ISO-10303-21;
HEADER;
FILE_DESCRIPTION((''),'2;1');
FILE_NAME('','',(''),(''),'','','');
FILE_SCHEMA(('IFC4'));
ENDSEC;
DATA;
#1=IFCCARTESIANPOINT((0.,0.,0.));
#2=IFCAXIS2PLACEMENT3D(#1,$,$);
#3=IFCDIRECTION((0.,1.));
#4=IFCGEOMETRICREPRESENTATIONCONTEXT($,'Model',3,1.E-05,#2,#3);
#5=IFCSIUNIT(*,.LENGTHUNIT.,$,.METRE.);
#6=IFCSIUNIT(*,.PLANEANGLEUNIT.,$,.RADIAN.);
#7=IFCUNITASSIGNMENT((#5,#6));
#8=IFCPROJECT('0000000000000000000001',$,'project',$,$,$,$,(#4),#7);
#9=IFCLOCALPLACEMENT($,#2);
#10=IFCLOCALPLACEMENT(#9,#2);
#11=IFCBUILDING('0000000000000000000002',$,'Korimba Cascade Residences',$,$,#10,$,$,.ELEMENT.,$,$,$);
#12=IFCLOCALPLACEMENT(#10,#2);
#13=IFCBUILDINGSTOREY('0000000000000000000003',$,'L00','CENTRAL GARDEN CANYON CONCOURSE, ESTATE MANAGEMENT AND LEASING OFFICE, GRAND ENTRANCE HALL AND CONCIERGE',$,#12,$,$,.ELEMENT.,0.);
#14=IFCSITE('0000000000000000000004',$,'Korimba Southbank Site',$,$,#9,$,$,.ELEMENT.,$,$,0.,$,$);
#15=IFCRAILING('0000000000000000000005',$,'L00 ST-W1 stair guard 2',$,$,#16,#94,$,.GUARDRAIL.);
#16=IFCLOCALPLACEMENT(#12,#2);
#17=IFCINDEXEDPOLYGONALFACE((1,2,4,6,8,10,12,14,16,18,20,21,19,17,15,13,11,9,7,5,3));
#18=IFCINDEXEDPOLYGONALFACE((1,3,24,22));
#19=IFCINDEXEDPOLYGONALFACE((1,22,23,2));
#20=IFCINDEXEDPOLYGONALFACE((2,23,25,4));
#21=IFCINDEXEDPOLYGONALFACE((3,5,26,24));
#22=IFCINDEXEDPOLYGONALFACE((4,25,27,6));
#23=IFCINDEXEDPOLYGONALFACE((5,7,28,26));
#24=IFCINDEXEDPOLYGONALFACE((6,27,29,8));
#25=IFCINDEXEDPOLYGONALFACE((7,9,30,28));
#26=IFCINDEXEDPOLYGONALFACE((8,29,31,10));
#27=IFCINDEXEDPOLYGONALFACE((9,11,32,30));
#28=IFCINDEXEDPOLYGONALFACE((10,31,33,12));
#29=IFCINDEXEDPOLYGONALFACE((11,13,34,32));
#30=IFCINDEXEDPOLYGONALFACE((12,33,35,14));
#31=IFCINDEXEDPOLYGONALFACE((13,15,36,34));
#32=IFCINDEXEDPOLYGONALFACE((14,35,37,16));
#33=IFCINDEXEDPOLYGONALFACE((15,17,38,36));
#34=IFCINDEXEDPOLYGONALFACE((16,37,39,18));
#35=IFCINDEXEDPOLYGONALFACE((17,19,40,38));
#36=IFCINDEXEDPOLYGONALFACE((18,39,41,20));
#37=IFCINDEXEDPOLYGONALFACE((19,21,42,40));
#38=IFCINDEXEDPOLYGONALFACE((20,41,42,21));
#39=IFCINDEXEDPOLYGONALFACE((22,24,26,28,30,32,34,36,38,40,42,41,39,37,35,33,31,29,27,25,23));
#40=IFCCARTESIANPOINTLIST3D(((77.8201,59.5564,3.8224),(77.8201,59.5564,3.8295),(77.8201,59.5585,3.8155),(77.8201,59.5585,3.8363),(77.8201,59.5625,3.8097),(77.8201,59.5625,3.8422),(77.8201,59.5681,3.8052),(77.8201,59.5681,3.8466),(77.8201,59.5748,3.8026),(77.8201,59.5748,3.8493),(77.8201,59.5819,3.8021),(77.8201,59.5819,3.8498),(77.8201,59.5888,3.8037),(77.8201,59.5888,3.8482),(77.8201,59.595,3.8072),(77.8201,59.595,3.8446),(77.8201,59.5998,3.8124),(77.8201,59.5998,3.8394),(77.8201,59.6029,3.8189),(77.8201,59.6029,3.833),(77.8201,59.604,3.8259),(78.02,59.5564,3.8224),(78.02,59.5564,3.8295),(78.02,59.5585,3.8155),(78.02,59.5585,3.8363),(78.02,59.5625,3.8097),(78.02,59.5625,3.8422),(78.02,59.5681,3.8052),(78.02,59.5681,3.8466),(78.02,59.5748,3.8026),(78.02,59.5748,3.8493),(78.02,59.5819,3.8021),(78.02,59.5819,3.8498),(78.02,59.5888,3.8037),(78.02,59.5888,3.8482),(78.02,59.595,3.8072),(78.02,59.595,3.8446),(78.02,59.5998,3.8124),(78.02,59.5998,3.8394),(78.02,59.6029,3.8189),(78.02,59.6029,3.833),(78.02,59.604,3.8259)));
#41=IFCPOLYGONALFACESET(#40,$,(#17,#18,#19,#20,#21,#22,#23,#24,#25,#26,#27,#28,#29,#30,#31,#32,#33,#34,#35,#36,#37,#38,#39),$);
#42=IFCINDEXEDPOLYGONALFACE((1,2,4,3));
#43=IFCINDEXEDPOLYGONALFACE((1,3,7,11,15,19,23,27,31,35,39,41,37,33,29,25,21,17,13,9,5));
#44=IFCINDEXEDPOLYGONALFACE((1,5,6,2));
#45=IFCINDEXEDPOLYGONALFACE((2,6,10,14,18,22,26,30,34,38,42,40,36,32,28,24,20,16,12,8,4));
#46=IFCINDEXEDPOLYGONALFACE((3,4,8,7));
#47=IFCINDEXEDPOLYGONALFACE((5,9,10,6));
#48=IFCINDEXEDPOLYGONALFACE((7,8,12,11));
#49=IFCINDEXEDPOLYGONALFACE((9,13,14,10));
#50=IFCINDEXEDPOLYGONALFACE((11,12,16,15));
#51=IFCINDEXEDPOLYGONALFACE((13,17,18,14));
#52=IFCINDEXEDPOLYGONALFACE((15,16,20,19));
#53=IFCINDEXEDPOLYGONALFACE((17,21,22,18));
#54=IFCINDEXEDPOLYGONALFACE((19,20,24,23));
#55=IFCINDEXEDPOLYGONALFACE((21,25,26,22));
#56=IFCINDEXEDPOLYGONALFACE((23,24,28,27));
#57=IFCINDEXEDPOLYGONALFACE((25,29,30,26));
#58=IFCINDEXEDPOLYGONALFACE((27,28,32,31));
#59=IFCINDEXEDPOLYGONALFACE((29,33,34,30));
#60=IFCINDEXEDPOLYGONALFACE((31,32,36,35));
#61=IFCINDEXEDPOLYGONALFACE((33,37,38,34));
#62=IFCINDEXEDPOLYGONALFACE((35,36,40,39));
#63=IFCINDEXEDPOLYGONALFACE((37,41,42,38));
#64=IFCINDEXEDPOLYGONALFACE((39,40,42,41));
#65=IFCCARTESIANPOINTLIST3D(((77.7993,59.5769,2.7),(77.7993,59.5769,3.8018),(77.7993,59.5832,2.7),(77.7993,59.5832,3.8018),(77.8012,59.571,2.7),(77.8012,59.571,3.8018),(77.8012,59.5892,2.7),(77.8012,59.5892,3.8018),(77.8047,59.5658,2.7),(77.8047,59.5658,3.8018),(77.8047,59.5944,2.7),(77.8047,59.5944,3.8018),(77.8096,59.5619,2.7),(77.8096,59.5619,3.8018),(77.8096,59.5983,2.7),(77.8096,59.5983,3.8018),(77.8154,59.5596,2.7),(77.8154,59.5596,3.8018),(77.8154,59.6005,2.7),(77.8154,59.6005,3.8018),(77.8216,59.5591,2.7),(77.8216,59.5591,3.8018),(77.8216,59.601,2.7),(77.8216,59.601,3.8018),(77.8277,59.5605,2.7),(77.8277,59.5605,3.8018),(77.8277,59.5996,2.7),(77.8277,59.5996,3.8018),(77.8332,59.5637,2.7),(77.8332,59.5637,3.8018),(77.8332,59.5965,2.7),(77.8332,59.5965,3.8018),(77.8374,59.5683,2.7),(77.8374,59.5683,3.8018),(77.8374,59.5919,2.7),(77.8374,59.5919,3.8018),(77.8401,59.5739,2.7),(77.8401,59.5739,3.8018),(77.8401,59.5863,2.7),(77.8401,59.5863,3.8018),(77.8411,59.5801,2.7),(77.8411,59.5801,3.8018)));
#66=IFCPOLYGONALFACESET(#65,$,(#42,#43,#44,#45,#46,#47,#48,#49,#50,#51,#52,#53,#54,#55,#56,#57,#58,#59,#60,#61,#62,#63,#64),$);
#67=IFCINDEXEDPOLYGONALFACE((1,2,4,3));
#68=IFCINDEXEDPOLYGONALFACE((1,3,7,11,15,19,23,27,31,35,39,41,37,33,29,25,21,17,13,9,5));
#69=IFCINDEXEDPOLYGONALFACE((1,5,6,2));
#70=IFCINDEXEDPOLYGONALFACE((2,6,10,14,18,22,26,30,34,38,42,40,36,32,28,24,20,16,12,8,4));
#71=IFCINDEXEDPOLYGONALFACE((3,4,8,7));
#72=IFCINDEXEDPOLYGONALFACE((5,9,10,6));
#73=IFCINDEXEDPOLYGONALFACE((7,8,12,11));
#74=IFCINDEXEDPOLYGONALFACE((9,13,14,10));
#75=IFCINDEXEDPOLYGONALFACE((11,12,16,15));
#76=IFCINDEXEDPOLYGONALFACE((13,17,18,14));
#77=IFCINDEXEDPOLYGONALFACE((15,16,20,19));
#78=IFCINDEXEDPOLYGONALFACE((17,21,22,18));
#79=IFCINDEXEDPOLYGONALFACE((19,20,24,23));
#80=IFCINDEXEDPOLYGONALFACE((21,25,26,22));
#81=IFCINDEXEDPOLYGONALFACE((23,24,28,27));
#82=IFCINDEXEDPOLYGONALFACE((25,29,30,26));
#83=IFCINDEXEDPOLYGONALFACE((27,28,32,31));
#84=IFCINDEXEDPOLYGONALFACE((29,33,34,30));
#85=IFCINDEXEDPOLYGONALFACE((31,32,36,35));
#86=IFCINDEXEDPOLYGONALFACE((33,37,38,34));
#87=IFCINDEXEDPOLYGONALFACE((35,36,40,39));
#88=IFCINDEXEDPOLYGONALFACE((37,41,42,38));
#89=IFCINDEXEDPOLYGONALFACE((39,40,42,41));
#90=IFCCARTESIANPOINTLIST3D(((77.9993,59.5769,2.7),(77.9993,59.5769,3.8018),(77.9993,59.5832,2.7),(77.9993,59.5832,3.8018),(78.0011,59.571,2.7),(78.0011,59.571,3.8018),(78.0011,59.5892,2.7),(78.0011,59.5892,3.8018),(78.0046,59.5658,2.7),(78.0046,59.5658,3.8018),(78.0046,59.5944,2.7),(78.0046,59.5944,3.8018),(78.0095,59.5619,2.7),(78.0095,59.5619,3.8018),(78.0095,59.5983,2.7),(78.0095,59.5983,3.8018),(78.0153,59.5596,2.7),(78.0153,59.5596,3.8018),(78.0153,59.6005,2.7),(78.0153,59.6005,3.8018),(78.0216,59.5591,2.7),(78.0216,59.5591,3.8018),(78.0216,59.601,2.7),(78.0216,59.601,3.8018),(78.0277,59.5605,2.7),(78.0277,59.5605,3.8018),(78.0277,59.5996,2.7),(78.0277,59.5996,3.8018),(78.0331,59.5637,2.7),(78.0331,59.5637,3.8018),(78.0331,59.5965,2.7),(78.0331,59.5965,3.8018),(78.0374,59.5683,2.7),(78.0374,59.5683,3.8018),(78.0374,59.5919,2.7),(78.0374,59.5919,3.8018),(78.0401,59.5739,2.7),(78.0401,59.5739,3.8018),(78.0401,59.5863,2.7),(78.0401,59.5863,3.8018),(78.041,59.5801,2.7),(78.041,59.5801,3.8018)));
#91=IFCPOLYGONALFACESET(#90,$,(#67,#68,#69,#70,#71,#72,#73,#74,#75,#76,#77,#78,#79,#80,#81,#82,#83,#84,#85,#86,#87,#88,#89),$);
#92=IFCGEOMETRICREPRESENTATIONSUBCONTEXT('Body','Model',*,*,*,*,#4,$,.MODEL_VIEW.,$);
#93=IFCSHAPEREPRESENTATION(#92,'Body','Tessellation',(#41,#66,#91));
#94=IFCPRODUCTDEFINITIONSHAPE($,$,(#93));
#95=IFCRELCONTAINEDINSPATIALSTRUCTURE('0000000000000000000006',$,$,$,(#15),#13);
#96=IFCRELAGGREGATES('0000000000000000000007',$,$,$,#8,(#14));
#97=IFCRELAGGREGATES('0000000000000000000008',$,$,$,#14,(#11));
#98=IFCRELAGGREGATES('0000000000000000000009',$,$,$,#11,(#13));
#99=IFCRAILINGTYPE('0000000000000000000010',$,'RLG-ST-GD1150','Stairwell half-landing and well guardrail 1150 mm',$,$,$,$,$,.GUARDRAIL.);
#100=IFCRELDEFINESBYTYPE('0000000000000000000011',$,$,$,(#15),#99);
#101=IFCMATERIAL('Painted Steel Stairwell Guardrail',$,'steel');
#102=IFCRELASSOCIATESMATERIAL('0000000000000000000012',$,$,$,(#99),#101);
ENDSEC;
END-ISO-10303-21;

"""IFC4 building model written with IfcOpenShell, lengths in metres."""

from ifc_helpers import new_model, si_unit, direction, frame, origin, origin_2d, place, context, subcontext, project, spatial, circle, extrude, material, type_object, element, save


model = new_model("IFC4")

# Units and contexts
model_context = context("Model", 3, precision=1e-05, world=origin(), true_north=direction((0.0, 1.0)))
body_context = subcontext(model_context, "Body", "Model", "MODEL_VIEW")
ifc_project = project(units=[si_unit("LENGTHUNIT", "METRE"), si_unit("PLANEANGLEUNIT", "RADIAN")], contexts=[model_context])

# Site, building, storey
site_placement = place(None, origin())
site = spatial("IfcSite", under=ifc_project, at=site_placement, Name="Korimba Southbank Site", CompositionType="ELEMENT", RefElevation=0.0)
building_placement = place(site_placement, origin())
building = spatial("IfcBuilding", under=site, at=building_placement, Name="Korimba Cascade Residences", CompositionType="ELEMENT")
storey_placement = place(building_placement, origin())
storey = spatial("IfcBuildingStorey", under=building, at=storey_placement, Name="L00", Description="CENTRAL GARDEN CANYON CONCOURSE, ESTATE MANAGEMENT AND LEASING OFFICE, GRAND ENTRANCE HALL AND CONCIERGE", CompositionType="ELEMENT", Elevation=0.0)

# Railing
ifc_material_1 = material(Name="Painted Steel Stairwell Guardrail", Category="steel")
railing_type_1 = type_object("IfcRailingType", Name="RLG-ST-GD1150", Description="Stairwell half-landing and well guardrail 1150 mm", PredefinedType="GUARDRAIL", material=ifc_material_1)
railing_1_placement = place(storey_placement, frame((77.8201, 59.5801, 2.7)))
element("IfcRailing", 1, at=railing_1_placement, inside=storey, type_object=railing_type_1, Name="L00 ST-W1 stair guard 2", PredefinedType="GUARDRAIL", context=body_context, shape_type="SweptSolid", body=[
    extrude(circle(Radius=0.0239, at=origin_2d()), frame((0.0, 0.0, 1.126), z_axis=(1.0, 0.0, 0.0), x_axis=(0.0, 1.0, 0.0)), (0.0, 0.0, 1.0), 0.2),
    extrude(circle(Radius=0.021, at=origin_2d()), origin(), (0.0, 0.0, 1.0), 1.1018),
    extrude(circle(Radius=0.021, at=origin_2d()), frame((0.2, 0.0, 0.0)), (0.0, 0.0, 1.0), 1.1018),
])

save(model, "model.ifc")
